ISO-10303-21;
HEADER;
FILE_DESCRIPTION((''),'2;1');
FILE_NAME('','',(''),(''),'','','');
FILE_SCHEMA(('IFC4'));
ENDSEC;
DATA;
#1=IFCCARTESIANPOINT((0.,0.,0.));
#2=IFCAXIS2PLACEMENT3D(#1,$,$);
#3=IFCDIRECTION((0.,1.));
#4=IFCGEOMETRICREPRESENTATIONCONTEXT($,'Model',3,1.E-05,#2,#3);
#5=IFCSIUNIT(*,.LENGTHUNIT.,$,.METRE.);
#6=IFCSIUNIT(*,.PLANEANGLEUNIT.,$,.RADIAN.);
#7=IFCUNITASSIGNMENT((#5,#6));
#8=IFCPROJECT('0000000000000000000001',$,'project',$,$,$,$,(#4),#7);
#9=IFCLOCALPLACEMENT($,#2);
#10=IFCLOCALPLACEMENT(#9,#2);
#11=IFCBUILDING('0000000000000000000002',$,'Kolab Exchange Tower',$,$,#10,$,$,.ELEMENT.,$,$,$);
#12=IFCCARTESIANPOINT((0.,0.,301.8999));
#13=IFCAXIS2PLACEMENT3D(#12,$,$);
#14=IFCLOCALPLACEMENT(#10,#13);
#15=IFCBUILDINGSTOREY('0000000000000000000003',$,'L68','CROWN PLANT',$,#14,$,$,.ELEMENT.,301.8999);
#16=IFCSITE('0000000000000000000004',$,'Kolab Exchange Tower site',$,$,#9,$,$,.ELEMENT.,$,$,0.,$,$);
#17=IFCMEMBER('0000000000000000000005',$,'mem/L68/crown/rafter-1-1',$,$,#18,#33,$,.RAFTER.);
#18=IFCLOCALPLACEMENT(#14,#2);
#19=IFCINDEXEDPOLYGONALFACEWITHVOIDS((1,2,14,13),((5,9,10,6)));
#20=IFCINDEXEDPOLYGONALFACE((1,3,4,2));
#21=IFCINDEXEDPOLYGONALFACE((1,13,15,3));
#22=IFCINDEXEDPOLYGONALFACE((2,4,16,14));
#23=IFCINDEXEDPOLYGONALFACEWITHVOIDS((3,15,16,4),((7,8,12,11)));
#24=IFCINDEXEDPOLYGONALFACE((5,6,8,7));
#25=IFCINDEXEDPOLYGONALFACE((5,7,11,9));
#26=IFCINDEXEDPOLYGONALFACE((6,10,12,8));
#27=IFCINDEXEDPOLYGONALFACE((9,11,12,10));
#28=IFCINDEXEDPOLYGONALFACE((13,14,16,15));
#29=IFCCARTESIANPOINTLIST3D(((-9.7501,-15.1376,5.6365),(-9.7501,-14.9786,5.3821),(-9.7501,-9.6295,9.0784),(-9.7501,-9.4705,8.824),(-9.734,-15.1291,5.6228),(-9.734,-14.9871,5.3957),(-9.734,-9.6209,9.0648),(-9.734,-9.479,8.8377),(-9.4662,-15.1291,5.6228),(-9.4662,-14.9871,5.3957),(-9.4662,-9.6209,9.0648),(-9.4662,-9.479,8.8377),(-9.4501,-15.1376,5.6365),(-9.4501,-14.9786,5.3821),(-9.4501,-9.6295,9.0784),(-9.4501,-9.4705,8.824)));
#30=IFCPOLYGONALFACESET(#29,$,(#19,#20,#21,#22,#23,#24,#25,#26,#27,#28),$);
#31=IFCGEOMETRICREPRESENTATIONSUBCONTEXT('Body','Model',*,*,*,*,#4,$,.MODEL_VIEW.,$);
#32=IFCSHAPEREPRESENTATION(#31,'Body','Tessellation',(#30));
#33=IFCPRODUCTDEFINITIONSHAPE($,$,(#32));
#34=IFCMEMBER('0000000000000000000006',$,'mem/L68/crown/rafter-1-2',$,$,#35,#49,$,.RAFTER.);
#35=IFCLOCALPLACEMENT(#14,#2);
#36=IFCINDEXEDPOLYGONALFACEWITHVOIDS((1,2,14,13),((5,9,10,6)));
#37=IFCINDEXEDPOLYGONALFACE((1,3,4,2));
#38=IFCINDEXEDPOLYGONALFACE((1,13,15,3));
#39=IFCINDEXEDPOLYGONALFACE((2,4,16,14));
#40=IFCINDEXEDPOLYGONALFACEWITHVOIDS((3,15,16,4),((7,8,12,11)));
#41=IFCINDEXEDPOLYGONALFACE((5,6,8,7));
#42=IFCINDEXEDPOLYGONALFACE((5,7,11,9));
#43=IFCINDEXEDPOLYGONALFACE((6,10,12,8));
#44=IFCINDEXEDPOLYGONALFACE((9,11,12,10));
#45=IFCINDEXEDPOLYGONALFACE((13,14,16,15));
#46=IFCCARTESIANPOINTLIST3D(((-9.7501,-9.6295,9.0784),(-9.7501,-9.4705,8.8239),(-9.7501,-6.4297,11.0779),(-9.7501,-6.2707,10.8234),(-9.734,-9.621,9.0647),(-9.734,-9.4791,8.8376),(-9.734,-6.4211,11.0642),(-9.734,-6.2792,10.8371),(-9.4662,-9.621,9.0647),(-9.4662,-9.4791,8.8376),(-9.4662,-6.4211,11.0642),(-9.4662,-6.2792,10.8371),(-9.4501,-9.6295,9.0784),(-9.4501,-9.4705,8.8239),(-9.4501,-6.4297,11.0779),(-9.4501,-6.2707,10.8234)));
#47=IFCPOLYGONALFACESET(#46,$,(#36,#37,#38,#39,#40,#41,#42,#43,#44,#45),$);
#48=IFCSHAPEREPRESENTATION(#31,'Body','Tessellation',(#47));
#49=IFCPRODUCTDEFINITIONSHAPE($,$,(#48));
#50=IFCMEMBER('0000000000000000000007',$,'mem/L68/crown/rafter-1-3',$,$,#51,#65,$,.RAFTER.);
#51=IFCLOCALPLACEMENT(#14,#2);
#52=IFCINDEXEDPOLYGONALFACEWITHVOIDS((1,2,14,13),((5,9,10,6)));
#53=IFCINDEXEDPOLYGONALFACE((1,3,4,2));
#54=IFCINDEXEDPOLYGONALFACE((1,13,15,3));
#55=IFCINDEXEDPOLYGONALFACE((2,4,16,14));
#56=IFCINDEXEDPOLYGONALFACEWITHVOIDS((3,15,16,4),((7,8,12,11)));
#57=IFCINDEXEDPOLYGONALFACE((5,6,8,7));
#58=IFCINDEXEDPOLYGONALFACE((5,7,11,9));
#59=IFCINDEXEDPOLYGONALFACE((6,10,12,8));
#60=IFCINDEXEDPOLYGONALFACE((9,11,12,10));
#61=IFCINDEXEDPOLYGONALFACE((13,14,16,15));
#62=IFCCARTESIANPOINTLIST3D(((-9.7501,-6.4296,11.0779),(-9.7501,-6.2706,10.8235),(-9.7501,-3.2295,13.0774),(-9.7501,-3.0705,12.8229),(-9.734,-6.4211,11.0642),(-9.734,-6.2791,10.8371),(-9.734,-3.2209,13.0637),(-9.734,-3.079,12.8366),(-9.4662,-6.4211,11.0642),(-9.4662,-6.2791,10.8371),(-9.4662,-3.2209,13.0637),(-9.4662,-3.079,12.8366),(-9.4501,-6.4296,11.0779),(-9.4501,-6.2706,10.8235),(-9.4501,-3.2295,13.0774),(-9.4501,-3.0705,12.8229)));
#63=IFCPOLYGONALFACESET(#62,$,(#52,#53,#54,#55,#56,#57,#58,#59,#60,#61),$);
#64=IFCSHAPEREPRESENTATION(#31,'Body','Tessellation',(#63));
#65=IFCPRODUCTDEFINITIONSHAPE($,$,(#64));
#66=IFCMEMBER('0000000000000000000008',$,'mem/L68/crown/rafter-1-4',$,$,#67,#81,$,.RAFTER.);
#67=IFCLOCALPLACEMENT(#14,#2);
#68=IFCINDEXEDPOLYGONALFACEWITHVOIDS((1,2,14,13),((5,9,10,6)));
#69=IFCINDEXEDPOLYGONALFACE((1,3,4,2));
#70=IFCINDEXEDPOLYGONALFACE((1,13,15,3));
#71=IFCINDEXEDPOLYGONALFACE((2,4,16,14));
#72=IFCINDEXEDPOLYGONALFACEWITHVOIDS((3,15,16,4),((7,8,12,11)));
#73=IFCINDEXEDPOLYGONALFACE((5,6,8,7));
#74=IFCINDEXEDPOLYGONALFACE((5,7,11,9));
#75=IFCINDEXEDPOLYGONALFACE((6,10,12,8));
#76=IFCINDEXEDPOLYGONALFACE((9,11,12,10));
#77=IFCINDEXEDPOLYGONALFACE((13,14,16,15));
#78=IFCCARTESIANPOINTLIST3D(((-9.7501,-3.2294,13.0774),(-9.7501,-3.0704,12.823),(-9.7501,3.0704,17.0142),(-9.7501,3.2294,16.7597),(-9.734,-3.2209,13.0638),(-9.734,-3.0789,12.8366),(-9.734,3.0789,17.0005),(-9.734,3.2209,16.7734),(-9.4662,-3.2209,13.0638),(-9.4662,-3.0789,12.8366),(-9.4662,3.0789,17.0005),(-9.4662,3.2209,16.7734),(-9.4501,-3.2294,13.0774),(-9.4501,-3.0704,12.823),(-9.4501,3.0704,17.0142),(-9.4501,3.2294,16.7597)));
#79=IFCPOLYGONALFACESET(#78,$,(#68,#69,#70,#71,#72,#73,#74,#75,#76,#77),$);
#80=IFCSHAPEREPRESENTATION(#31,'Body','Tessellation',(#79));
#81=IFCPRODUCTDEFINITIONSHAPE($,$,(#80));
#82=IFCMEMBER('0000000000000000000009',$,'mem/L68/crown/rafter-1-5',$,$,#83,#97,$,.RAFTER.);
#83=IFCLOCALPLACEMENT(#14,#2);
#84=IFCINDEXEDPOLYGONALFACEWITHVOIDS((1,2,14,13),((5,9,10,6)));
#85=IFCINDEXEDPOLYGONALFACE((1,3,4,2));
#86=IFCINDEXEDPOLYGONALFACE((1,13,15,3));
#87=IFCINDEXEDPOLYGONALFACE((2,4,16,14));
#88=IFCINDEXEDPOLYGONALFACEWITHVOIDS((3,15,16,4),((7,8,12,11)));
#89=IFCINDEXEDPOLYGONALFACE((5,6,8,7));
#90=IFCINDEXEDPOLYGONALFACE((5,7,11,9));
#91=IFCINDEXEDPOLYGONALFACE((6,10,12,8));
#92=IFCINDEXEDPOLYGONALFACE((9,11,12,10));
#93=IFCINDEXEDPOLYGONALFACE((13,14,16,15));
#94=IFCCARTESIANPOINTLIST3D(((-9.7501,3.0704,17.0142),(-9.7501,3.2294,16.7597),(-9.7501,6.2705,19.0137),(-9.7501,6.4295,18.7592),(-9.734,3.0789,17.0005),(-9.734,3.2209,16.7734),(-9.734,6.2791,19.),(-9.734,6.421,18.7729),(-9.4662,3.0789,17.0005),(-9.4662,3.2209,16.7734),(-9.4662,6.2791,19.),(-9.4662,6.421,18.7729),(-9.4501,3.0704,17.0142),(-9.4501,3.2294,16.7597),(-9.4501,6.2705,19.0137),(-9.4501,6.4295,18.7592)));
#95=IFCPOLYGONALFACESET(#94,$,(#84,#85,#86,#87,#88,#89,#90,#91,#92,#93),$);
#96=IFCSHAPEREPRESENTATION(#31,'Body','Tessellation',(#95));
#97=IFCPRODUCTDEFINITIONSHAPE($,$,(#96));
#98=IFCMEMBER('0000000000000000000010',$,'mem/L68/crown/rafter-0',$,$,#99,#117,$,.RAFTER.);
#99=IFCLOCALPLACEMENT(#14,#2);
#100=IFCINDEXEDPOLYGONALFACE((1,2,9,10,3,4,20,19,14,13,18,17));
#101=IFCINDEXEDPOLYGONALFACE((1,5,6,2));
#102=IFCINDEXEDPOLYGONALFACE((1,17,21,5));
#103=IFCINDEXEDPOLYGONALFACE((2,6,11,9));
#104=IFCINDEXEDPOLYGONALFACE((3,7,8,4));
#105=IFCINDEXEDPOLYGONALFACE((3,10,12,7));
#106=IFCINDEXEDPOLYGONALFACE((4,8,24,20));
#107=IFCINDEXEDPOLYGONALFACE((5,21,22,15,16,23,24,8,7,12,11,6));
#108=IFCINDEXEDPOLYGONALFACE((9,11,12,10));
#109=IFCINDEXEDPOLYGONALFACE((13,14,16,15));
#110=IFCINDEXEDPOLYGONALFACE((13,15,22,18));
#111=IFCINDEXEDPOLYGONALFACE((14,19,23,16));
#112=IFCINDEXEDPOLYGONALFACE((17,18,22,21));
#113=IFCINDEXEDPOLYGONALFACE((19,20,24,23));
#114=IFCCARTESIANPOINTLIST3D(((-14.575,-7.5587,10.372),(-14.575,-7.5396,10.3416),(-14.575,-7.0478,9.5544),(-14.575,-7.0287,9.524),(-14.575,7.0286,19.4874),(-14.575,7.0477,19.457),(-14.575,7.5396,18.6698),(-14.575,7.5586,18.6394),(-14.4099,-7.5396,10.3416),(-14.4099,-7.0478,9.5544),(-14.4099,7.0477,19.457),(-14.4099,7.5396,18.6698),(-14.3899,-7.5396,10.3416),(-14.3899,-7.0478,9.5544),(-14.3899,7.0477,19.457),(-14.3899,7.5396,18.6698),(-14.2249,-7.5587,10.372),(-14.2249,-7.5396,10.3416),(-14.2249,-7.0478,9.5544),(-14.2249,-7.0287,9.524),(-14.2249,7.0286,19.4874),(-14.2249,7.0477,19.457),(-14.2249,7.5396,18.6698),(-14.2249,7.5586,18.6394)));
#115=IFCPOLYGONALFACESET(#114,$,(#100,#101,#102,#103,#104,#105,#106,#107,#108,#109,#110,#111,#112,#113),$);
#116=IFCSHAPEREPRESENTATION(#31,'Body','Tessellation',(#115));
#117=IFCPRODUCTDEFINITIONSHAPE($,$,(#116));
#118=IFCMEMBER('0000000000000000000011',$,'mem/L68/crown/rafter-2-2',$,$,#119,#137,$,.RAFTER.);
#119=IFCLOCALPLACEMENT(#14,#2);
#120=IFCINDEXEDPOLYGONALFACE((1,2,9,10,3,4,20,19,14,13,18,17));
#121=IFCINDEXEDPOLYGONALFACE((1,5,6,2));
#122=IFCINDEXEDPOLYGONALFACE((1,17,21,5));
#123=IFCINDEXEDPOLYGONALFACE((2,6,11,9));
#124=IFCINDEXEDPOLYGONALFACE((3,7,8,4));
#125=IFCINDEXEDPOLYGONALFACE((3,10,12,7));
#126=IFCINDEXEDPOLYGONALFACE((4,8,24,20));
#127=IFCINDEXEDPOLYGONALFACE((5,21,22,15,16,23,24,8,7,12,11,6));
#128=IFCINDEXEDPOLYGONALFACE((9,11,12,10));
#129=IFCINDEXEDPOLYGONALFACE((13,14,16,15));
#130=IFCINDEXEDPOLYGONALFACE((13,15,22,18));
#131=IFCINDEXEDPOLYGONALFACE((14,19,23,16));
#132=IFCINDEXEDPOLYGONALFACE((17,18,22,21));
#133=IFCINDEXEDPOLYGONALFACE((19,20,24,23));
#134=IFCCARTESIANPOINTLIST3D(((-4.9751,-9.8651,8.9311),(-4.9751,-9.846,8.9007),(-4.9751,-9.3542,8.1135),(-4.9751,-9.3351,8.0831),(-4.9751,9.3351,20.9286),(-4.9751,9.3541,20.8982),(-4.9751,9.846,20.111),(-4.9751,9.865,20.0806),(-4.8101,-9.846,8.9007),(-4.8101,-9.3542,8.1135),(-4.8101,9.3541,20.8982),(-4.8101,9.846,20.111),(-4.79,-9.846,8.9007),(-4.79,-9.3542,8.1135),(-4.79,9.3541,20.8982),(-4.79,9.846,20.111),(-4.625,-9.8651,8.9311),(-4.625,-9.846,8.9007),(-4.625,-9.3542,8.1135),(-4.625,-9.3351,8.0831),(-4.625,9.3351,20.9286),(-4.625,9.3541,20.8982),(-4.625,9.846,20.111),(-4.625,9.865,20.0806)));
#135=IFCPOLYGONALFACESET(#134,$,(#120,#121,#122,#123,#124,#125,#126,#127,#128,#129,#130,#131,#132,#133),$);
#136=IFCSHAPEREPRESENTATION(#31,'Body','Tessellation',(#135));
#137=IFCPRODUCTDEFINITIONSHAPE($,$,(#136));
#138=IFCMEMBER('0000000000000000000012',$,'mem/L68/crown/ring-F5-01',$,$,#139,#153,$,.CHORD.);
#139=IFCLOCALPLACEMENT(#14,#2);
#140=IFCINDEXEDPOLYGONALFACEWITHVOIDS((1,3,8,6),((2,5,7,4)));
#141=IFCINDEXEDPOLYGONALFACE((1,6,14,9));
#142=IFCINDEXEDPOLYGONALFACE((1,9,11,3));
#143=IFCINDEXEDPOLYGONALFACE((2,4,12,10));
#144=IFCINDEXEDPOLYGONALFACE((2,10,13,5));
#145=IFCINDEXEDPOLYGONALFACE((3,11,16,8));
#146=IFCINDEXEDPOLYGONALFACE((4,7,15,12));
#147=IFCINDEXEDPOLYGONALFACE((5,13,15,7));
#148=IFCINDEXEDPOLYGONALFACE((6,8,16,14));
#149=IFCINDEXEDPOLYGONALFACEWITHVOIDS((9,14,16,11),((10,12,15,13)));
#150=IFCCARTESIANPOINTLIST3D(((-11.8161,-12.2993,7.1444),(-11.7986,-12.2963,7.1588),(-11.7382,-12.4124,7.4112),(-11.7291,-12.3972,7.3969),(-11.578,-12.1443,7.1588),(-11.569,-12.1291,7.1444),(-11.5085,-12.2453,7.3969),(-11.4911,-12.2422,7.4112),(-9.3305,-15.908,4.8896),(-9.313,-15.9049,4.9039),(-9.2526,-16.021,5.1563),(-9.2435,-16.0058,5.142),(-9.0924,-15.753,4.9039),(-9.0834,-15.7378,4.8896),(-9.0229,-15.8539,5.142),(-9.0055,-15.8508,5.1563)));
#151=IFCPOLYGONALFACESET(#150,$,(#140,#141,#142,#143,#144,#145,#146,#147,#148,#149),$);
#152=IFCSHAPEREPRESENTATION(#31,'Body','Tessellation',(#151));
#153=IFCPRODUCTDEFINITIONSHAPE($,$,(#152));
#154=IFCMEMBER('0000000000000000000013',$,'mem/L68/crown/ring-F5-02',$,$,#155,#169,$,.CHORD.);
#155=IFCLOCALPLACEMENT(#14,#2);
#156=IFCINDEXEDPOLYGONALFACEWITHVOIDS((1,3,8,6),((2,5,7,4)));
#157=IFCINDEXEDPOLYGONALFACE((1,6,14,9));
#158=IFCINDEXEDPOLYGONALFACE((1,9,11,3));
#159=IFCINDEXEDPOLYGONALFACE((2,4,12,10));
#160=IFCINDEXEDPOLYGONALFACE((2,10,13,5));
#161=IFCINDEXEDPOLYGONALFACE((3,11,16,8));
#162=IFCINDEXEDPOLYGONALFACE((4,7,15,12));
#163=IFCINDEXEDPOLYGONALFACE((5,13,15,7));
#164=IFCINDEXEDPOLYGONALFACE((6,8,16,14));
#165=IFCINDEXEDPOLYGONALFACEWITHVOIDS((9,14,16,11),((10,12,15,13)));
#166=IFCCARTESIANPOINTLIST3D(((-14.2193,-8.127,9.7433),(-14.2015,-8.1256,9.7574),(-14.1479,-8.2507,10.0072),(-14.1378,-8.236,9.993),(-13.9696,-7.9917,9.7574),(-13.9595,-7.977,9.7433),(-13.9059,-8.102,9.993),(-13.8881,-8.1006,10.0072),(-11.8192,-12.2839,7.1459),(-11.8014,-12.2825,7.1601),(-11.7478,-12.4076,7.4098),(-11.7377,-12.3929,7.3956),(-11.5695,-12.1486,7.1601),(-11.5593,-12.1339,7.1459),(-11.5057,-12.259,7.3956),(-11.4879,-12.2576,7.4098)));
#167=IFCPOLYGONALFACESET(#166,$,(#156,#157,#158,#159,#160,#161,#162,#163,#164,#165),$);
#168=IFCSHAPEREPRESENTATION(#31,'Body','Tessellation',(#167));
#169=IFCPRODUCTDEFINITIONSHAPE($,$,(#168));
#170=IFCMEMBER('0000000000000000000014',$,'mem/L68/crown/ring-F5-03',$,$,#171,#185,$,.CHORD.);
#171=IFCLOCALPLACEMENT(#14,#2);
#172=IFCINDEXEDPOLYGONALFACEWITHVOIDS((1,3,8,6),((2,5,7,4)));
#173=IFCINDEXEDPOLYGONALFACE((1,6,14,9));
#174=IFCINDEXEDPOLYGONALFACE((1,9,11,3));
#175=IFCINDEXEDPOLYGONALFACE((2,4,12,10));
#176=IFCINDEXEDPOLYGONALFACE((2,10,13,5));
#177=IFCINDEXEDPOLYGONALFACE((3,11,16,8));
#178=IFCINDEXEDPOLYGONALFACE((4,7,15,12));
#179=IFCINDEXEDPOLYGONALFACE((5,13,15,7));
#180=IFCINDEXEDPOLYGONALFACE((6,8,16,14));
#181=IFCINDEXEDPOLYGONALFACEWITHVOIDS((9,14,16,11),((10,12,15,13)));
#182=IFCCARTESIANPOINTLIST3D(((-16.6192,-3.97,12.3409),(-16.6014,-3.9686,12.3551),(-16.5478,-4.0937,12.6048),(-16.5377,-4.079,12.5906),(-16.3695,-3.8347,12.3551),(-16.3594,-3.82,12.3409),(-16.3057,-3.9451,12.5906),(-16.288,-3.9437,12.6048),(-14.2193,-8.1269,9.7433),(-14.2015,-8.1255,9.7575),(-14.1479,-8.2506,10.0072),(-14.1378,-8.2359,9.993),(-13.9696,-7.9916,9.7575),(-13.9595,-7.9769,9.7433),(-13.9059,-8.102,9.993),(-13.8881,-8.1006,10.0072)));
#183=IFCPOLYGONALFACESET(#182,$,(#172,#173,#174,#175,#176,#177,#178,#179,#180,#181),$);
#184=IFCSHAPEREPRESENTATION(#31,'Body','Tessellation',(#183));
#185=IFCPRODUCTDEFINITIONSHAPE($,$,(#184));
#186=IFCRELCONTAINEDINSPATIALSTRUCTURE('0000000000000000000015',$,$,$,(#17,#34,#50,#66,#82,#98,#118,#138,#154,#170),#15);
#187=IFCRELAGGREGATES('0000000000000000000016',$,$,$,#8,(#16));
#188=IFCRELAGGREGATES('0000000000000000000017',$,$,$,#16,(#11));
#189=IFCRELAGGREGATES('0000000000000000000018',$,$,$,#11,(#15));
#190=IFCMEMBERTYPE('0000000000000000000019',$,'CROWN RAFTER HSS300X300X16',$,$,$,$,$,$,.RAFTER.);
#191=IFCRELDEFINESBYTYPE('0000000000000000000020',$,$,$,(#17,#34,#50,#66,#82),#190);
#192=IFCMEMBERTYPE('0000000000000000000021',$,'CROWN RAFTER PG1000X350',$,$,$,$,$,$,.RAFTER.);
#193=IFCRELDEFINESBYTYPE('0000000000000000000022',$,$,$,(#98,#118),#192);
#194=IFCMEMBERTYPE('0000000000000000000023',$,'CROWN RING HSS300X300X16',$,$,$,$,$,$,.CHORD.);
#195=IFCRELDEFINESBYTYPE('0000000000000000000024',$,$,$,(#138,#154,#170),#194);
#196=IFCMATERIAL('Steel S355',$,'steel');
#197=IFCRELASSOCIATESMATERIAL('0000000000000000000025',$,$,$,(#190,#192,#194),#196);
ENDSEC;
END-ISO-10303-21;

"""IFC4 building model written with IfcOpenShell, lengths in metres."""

from ifc_helpers import new_model, si_unit, direction, frame, origin, origin_2d, place, context, subcontext, project, spatial, hollow_rectangle, i_section, extrude, material, material_profile, profile_set, type_object, element, save


model = new_model("IFC4")

# Units and contexts
model_context = context("Model", 3, precision=1e-05, world=origin(), true_north=direction((0.0, 1.0)))
body_context = subcontext(model_context, "Body", "Model", "MODEL_VIEW")
ifc_project = project(units=[si_unit("LENGTHUNIT", "METRE"), si_unit("PLANEANGLEUNIT", "RADIAN")], contexts=[model_context])

# Site, building, storey
site_placement = place(None, origin())
site = spatial("IfcSite", under=ifc_project, at=site_placement, Name="Kolab Exchange Tower site", CompositionType="ELEMENT", RefElevation=0.0)
building_placement = place(site_placement, origin())
building = spatial("IfcBuilding", under=site, at=building_placement, Name="Kolab Exchange Tower", CompositionType="ELEMENT")
storey_placement = place(building_placement, frame((0.0, 0.0, 301.8999)))
storey = spatial("IfcBuildingStorey", under=building, at=storey_placement, Name="L68", Description="CROWN PLANT", CompositionType="ELEMENT", Elevation=301.8999)

# Members
ifc_material_1 = material(Name="Steel S355", Category="steel")
ifc_material_profile_1 = material_profile(ifc_material_1, hollow_rectangle(XDim=0.3, YDim=0.3, WallThickness=0.0161, at=origin_2d()), Name="HSS300X300X16")
ifc_profile_set_1 = profile_set([ifc_material_profile_1], Name="Steel S355")
member_type_1 = type_object("IfcMemberType", Name="CROWN RAFTER HSS300X300X16", PredefinedType="RAFTER", material=ifc_profile_set_1)
member_1_placement = place(storey_placement, frame((-9.6001, -15.0581, 5.5093), z_axis=(0.0, 0.848043, 0.529928), x_axis=(-1.0, 0.0, 0.0)))
element("IfcMember", 1, at=member_1_placement, inside=storey, type_object=member_type_1, Name="mem/L68/crown/rafter-1-1", PredefinedType="RAFTER", context=body_context, shape_type="SweptSolid", body=[
    extrude(hollow_rectangle(XDim=0.3, YDim=0.3, WallThickness=0.0161, at=origin_2d()), origin(), (0.0, 0.0, 1.0), 6.4951),
])
member_2_placement = place(storey_placement, frame((-9.6001, -9.55, 8.9512), z_axis=(0.0, 0.848053, 0.529912), x_axis=(-1.0, 0.0, 0.0)))
element("IfcMember", 2, at=member_2_placement, inside=storey, type_object=member_type_1, Name="mem/L68/crown/rafter-1-2", PredefinedType="RAFTER", context=body_context, shape_type="SweptSolid", body=[
    extrude(hollow_rectangle(XDim=0.3, YDim=0.3, WallThickness=0.0161, at=origin_2d()), origin(), (0.0, 0.0, 1.0), 3.7732),
])
member_3_placement = place(storey_placement, frame((-9.6001, -6.3501, 10.9507), z_axis=(0.0, 0.848071, 0.529883), x_axis=(-1.0, 0.0, 0.0)))
element("IfcMember", 3, at=member_3_placement, inside=storey, type_object=member_type_1, Name="mem/L68/crown/rafter-1-3", PredefinedType="RAFTER", context=body_context, shape_type="SweptSolid", body=[
    extrude(hollow_rectangle(XDim=0.3, YDim=0.3, WallThickness=0.0161, at=origin_2d()), origin(), (0.0, 0.0, 1.0), 3.7734),
])
member_4_placement = place(storey_placement, frame((-9.6001, -3.1499, 12.9502), z_axis=(0.0, 0.848035, 0.52994), x_axis=(-1.0, 0.0, 0.0)))
element("IfcMember", 4, at=member_4_placement, inside=storey, type_object=member_type_1, Name="mem/L68/crown/rafter-1-4", PredefinedType="RAFTER", context=body_context, shape_type="SweptSolid", body=[
    extrude(hollow_rectangle(XDim=0.3, YDim=0.3, WallThickness=0.0161, at=origin_2d()), origin(), (0.0, 0.0, 1.0), 7.4287),
])
member_5_placement = place(storey_placement, frame((-9.6001, 3.1499, 16.887), z_axis=(0.0, 0.848071, 0.529883), x_axis=(-1.0, 0.0, 0.0)))
element("IfcMember", 5, at=member_5_placement, inside=storey, type_object=member_type_1, Name="mem/L68/crown/rafter-1-5", PredefinedType="RAFTER", context=body_context, shape_type="SweptSolid", body=[
    extrude(hollow_rectangle(XDim=0.3, YDim=0.3, WallThickness=0.0161, at=origin_2d()), origin(), (0.0, 0.0, 1.0), 3.7734),
])
ifc_material_profile_2 = material_profile(ifc_material_1, i_section(OverallWidth=0.3501, OverallDepth=1.0, WebThickness=0.02, FlangeThickness=0.0359, at=origin_2d()), Name="PG1000X350")
ifc_profile_set_2 = profile_set([ifc_material_profile_2], Name="Steel S355")
member_type_2 = type_object("IfcMemberType", Name="CROWN RAFTER PG1000X350", PredefinedType="RAFTER", material=ifc_profile_set_2)
member_6_placement = place(storey_placement, frame((-14.3999, -7.2937, 9.948), z_axis=(0.0, 0.848041, 0.52993), x_axis=(-1.0, 0.0, 0.0)))
element("IfcMember", 6, at=member_6_placement, inside=storey, type_object=member_type_2, Name="mem/L68/crown/rafter-0", PredefinedType="RAFTER", context=body_context, shape_type="SweptSolid", body=[
    extrude(i_section(OverallWidth=0.3501, OverallDepth=1.0, WebThickness=0.02, FlangeThickness=0.0359, at=origin_2d()), origin(), (0.0, 0.0, 1.0), 17.2012),
])
member_7_placement = place(storey_placement, frame((-4.8, -9.6001, 8.5071), z_axis=(0.0, 0.848049, 0.529918), x_axis=(-1.0, 0.0, 0.0)))
element("IfcMember", 7, at=member_7_placement, inside=storey, type_object=member_type_2, Name="mem/L68/crown/rafter-2-2", PredefinedType="RAFTER", context=body_context, shape_type="SweptSolid", body=[
    extrude(i_section(OverallWidth=0.3501, OverallDepth=1.0, WebThickness=0.02, FlangeThickness=0.0359, at=origin_2d()), origin(), (0.0, 0.0, 1.0), 22.6404),
])
ifc_material_profile_3 = material_profile(ifc_material_1, hollow_rectangle(XDim=0.3, YDim=0.3, WallThickness=0.0161, at=origin_2d()), Name="HSS300X300X16")
ifc_profile_set_3 = profile_set([ifc_material_profile_3], Name="Steel S355")
member_type_3 = type_object("IfcMemberType", Name="CROWN RING HSS300X300X16", PredefinedType="CHORD", material=ifc_profile_set_3)
member_8_placement = place(storey_placement, frame((-9.168, -15.8794, 5.0229), z_axis=(-0.504384, 0.732276, 0.457567), x_axis=(-0.823546, -0.56725, 0.0)))
element("IfcMember", 8, at=member_8_placement, inside=storey, type_object=member_type_3, Name="mem/L68/crown/ring-F5-01", PredefinedType="CHORD", context=body_context, shape_type="SweptSolid", body=[
    extrude(hollow_rectangle(XDim=0.3, YDim=0.3, WallThickness=0.0161, at=origin_2d()), origin(), (0.0, 0.0, 1.0), 4.928),
])
for number, where, z_axis, x_axis, name in (
    (9, (-11.6536, -12.2708, 7.2778), (-0.439763, 0.761657, 0.475907), (-0.866015, -0.500017, 0.0), "mem/L68/crown/ring-F5-02"),
    (10, (-14.0537, -8.1138, 9.8752), (-0.439718, 0.761656, 0.475951), (-0.866037, -0.499979, 0.0), "mem/L68/crown/ring-F5-03"),
):
    element("IfcMember", number, at=place(storey_placement, frame(where, z_axis=z_axis, x_axis=x_axis)), inside=storey, type_object=member_type_3, Name=name, PredefinedType="CHORD", context=body_context, shape_type="SweptSolid", body=[
        extrude(hollow_rectangle(XDim=0.3, YDim=0.3, WallThickness=0.0161, at=origin_2d()), origin(), (0.0, 0.0, 1.0), 5.4578),
    ])

save(model, "model.ifc")
